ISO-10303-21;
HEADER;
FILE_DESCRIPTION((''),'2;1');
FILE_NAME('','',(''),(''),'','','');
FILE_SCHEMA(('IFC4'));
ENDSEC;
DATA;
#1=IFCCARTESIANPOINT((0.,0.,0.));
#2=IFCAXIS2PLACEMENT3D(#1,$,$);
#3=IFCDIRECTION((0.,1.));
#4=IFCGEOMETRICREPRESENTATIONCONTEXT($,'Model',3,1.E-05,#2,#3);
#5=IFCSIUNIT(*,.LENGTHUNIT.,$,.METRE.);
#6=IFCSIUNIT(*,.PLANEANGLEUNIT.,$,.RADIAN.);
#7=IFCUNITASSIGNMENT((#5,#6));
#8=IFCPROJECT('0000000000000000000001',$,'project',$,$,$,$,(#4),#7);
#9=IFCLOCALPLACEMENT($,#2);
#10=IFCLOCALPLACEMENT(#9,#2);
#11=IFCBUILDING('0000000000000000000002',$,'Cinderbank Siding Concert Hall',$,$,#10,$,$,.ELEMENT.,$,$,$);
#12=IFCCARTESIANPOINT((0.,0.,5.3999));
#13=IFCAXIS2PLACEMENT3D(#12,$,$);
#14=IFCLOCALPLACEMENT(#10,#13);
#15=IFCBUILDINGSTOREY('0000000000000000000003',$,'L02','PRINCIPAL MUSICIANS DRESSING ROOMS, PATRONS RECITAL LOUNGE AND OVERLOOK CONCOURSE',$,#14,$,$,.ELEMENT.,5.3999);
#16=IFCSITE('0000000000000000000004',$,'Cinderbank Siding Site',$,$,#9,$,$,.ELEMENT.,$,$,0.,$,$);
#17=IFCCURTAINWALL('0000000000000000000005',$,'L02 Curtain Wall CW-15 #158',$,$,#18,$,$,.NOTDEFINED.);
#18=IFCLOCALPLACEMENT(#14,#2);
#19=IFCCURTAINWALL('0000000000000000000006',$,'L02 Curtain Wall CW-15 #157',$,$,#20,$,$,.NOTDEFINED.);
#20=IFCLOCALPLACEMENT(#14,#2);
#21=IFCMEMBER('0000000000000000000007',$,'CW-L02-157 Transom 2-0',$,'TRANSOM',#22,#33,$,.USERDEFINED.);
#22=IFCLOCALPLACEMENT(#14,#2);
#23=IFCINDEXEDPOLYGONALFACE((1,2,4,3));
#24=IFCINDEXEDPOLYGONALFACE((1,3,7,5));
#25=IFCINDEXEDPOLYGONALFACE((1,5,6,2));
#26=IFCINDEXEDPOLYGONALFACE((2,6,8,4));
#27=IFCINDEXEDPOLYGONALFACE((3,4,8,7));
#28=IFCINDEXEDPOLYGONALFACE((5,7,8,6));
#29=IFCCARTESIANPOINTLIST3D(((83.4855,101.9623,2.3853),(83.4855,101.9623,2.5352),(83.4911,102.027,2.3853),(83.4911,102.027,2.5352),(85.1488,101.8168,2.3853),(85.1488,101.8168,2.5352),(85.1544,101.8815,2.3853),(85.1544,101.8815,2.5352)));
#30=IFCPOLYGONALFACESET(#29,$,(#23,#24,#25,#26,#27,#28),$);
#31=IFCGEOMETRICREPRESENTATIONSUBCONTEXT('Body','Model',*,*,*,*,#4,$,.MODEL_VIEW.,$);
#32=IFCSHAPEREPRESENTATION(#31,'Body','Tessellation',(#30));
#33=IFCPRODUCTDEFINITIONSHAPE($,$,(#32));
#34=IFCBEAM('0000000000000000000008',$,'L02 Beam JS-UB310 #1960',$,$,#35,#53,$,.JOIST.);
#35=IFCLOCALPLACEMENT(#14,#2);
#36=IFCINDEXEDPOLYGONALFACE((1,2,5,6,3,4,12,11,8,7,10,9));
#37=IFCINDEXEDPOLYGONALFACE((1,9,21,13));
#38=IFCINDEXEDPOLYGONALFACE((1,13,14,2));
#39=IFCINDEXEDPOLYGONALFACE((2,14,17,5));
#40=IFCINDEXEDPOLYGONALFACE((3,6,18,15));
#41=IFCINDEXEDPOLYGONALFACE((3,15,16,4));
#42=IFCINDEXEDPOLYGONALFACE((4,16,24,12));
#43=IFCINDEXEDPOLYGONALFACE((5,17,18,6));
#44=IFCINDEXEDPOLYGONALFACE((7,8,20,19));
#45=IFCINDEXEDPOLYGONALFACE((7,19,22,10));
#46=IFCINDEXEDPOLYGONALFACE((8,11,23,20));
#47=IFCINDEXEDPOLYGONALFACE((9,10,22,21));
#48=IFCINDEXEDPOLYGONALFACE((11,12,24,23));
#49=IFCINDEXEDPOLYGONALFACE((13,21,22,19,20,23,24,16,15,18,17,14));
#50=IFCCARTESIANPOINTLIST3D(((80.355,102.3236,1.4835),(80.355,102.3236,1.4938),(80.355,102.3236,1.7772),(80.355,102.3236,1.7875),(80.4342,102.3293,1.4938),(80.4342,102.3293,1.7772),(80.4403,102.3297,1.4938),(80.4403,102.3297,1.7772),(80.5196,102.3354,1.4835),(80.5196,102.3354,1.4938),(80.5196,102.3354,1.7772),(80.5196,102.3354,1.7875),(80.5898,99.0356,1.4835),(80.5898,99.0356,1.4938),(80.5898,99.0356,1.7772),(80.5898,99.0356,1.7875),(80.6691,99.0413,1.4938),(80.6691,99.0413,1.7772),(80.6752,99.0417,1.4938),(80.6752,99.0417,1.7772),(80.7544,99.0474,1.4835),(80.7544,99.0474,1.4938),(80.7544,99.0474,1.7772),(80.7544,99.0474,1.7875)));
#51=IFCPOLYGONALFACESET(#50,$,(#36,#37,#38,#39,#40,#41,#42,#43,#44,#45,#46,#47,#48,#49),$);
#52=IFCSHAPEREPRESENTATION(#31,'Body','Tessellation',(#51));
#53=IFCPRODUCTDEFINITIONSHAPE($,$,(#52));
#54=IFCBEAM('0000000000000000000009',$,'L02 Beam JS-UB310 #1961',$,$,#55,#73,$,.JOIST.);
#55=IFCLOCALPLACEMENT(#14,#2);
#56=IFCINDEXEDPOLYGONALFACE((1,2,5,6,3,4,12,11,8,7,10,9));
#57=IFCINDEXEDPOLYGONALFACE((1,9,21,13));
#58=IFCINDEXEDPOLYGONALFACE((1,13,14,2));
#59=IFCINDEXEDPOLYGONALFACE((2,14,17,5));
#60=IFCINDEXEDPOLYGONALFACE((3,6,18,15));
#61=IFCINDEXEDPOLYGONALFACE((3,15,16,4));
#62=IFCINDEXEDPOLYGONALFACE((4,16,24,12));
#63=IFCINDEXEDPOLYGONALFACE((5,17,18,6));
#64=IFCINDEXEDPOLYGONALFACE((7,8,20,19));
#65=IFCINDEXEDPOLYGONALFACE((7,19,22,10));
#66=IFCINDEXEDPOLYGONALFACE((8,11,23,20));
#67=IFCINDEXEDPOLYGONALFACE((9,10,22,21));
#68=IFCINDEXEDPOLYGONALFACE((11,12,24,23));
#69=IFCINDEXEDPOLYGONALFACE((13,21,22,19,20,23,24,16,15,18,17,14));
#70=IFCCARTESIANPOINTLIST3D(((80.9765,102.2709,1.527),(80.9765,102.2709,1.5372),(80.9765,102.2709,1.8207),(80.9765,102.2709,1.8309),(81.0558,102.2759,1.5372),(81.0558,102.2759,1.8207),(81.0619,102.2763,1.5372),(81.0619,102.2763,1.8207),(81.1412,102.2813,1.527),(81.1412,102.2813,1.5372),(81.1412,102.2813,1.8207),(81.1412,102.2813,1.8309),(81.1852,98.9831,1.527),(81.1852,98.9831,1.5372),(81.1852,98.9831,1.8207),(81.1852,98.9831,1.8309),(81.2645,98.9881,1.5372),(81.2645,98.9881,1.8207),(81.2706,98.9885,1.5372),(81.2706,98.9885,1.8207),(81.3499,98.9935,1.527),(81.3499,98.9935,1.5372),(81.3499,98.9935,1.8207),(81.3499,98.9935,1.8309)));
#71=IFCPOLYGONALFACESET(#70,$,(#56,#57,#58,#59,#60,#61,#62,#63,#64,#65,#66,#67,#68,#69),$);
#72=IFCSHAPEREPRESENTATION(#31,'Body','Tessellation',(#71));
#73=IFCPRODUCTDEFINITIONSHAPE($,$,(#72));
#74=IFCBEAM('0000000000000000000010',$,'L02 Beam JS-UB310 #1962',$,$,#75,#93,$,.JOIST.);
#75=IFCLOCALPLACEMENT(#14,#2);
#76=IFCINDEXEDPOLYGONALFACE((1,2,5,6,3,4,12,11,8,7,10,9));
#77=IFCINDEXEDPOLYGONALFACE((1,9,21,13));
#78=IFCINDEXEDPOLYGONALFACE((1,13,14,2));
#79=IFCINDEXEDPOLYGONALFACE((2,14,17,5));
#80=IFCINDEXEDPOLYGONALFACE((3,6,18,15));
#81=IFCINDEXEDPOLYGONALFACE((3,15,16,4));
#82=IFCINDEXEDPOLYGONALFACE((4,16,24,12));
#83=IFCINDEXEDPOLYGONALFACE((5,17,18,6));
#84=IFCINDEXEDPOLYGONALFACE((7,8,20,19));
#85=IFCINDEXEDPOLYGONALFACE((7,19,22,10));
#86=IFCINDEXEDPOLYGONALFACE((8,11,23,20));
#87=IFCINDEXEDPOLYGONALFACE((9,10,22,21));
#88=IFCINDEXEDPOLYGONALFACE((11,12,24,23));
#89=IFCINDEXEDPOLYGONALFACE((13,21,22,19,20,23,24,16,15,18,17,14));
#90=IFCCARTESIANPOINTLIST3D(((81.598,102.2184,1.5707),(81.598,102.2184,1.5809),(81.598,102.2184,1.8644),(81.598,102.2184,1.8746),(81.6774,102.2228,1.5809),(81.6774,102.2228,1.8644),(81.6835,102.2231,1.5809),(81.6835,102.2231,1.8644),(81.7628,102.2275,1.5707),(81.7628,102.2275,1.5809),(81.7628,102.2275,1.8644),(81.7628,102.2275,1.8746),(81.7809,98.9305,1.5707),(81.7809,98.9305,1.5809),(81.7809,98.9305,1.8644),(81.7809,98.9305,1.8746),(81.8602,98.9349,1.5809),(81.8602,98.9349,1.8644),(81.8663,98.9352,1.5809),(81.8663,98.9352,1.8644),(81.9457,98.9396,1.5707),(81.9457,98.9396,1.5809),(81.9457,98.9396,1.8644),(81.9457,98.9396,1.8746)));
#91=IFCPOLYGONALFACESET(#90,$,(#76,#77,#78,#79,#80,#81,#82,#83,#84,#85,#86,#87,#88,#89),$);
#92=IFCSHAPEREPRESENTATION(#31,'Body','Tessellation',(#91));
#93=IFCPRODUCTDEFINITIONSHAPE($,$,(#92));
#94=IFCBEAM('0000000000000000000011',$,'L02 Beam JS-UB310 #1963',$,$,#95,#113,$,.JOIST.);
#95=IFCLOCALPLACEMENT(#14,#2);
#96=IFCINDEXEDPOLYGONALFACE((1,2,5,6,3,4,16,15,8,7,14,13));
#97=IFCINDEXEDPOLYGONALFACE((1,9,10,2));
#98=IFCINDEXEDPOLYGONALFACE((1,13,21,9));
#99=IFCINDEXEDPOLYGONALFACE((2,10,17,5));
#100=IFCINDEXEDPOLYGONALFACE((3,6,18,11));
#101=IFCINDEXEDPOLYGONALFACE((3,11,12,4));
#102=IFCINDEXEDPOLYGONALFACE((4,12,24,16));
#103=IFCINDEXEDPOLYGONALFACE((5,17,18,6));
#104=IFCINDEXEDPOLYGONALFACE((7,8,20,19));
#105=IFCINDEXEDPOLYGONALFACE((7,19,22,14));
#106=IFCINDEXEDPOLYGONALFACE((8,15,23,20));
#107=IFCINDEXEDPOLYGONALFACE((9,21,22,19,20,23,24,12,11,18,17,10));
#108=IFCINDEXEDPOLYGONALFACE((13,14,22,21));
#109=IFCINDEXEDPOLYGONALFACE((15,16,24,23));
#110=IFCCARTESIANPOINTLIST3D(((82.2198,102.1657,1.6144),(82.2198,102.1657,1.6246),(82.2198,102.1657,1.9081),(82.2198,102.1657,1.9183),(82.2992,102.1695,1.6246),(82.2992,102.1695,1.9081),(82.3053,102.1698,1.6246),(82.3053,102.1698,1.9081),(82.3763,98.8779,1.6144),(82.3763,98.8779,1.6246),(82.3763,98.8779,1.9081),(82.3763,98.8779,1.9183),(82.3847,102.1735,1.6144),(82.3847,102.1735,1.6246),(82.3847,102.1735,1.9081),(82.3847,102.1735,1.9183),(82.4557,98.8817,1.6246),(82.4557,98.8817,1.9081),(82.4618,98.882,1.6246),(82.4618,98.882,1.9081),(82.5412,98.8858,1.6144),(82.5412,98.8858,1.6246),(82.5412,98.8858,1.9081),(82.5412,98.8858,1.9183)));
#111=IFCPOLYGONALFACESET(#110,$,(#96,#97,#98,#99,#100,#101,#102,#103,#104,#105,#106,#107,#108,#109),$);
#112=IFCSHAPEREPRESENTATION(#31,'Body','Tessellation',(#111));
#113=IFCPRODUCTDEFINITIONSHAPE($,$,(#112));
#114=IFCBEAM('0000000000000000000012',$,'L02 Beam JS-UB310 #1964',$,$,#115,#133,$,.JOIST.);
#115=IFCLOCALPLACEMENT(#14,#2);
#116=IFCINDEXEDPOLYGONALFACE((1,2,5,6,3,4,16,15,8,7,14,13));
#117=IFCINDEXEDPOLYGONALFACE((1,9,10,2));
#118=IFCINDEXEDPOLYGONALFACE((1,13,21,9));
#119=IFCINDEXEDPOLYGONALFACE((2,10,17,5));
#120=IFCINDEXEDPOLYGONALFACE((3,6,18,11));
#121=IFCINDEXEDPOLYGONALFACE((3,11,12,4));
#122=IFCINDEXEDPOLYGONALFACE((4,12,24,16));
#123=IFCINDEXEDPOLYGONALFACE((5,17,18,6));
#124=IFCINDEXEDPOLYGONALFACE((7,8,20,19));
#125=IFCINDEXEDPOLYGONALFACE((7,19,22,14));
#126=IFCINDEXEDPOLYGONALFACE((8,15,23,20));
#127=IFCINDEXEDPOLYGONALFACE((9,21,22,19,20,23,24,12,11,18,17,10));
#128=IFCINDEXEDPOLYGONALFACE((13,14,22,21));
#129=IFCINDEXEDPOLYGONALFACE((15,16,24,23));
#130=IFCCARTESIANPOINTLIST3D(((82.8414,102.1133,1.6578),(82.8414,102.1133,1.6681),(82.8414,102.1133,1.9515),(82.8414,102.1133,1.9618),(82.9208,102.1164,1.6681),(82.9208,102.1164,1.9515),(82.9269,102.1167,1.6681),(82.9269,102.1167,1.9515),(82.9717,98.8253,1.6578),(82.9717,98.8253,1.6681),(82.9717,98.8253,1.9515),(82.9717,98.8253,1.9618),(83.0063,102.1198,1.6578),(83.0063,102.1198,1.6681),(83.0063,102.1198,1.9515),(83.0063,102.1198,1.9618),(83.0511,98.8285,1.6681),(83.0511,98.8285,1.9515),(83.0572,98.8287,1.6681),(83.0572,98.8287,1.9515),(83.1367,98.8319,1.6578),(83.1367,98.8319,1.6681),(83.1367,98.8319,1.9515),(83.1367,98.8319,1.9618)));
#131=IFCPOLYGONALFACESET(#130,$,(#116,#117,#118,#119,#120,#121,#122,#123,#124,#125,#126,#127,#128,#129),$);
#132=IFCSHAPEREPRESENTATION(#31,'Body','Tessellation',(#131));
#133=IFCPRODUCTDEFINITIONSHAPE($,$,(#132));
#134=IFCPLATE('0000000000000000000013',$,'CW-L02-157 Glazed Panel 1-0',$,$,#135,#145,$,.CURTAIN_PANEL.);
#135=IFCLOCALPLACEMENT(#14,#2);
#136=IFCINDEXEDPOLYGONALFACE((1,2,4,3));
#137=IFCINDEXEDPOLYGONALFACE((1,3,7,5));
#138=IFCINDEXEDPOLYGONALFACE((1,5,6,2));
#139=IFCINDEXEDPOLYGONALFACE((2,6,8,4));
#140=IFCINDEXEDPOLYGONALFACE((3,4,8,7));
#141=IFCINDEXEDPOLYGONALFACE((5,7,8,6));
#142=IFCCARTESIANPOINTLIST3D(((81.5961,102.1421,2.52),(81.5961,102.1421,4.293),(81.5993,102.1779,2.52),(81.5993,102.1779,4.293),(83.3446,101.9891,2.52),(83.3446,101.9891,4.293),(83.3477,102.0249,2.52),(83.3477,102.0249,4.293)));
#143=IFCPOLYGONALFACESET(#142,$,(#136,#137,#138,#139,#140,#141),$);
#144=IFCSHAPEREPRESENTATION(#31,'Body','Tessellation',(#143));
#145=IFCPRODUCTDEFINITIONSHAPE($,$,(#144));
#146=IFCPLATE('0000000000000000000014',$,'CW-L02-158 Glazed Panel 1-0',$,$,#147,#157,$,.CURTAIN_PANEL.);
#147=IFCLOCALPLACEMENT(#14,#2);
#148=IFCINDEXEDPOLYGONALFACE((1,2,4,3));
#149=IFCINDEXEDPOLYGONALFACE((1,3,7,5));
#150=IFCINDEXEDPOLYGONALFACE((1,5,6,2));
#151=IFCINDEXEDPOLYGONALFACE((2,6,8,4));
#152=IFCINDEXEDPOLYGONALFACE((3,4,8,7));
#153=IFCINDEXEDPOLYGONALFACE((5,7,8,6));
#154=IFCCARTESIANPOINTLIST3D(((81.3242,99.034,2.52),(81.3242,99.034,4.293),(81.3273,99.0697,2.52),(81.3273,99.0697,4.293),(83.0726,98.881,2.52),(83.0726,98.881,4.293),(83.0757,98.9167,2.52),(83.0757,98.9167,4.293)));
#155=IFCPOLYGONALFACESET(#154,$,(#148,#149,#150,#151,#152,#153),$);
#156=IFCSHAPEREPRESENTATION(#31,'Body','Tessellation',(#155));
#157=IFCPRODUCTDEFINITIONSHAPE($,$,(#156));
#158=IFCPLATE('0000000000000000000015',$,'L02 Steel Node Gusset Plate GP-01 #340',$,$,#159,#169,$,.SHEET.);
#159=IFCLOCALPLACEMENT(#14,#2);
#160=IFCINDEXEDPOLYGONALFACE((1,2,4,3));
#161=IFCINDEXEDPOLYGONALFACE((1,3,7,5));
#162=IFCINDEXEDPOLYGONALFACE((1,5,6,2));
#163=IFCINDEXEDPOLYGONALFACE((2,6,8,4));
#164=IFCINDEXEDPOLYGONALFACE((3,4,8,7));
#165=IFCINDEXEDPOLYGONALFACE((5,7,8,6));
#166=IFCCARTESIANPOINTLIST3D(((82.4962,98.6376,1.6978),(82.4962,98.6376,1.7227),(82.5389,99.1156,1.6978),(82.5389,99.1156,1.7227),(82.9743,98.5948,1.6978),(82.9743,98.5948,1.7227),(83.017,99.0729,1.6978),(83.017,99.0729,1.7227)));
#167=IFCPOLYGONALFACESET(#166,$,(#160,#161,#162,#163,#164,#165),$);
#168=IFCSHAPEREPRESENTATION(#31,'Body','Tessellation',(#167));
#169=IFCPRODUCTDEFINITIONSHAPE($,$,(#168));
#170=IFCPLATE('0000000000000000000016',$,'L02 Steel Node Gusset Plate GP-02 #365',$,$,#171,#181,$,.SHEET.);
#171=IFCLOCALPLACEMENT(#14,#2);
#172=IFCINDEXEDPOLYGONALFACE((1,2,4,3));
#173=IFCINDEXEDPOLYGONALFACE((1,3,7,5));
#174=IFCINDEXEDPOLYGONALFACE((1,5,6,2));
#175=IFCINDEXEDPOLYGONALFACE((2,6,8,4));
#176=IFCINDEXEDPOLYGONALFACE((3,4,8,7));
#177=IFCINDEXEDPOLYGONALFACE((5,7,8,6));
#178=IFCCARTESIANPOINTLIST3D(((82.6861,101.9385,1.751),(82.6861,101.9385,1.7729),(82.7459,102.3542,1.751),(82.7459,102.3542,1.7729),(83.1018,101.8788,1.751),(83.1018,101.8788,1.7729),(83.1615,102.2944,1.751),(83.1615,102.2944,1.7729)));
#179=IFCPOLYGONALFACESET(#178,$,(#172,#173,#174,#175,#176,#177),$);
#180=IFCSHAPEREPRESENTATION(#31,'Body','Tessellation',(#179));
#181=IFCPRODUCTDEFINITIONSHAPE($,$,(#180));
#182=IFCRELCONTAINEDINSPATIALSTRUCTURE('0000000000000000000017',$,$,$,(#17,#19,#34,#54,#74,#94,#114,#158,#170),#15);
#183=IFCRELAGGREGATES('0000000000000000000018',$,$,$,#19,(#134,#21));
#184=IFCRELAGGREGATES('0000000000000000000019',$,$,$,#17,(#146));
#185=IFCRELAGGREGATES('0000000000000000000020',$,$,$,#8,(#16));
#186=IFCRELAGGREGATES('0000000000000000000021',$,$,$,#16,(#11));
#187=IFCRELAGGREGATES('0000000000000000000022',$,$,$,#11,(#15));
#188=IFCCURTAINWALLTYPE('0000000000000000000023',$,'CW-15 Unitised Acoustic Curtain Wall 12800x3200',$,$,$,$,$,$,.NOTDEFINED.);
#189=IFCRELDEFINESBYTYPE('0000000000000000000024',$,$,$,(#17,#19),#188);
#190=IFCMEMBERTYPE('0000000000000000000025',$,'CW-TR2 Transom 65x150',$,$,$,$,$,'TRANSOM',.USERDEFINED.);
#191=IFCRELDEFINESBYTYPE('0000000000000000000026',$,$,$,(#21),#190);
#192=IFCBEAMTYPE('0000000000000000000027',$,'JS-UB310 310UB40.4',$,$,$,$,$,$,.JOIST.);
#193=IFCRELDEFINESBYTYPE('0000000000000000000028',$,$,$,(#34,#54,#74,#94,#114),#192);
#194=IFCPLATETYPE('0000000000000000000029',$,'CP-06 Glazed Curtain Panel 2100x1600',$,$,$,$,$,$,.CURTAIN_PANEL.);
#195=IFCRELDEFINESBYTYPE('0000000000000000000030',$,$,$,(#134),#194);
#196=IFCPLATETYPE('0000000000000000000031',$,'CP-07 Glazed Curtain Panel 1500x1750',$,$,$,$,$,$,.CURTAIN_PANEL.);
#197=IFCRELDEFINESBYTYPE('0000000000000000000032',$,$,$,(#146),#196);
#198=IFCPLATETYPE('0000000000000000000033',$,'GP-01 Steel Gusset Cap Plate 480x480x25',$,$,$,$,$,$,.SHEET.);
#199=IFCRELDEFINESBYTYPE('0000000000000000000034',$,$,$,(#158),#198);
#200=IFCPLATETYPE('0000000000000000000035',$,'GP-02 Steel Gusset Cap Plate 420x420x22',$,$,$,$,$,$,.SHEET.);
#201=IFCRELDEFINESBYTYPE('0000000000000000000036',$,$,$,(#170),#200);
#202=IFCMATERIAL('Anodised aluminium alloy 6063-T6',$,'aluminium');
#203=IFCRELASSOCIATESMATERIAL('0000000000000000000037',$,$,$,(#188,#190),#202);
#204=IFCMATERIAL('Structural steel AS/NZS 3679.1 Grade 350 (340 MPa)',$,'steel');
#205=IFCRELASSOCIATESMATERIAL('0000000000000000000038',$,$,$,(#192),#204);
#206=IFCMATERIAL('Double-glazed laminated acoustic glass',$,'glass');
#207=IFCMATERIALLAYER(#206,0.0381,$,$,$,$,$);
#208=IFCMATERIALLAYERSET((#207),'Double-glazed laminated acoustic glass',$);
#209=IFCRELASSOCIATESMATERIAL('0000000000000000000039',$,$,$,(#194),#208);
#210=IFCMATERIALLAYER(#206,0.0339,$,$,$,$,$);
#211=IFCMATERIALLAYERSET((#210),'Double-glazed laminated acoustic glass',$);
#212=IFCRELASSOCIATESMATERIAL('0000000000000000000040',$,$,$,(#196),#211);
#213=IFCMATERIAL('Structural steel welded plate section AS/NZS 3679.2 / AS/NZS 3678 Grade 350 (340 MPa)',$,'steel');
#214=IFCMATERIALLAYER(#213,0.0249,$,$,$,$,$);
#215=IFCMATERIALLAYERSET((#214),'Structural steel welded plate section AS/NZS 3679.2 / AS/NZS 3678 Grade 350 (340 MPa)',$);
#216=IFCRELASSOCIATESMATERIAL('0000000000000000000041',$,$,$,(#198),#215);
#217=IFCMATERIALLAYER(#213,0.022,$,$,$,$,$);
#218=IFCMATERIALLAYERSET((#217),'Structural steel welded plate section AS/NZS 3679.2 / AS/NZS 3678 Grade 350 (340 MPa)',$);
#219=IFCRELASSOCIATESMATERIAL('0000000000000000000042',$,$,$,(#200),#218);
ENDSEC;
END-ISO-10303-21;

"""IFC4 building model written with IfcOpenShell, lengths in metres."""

from ifc_helpers import new_model, si_unit, direction, frame, origin, origin_2d, place, context, subcontext, project, spatial, rectangle, i_section, extrude, material, layer, layer_set, material_profile, profile_set, type_object, element, aggregate, save


model = new_model("IFC4")

# Units and contexts
model_context = context("Model", 3, precision=1e-05, world=origin(), true_north=direction((0.0, 1.0)))
body_context = subcontext(model_context, "Body", "Model", "MODEL_VIEW")
ifc_project = project(units=[si_unit("LENGTHUNIT", "METRE"), si_unit("PLANEANGLEUNIT", "RADIAN")], contexts=[model_context])

# Site, building, storey
site_placement = place(None, origin())
site = spatial("IfcSite", under=ifc_project, at=site_placement, Name="Cinderbank Siding Site", CompositionType="ELEMENT", RefElevation=0.0)
building_placement = place(site_placement, origin())
building = spatial("IfcBuilding", under=site, at=building_placement, Name="Cinderbank Siding Concert Hall", CompositionType="ELEMENT")
storey_placement = place(building_placement, frame((0.0, 0.0, 5.3999)))
storey = spatial("IfcBuildingStorey", under=building, at=storey_placement, Name="L02", Description="PRINCIPAL MUSICIANS DRESSING ROOMS, PATRONS RECITAL LOUNGE AND OVERLOOK CONCOURSE", CompositionType="ELEMENT", Elevation=5.3999)

# Curtain walls
ifc_material_1 = material(Name="Anodised aluminium alloy 6063-T6", Category="aluminium")
curtain_wall_type = type_object("IfcCurtainWallType", Name="CW-15 Unitised Acoustic Curtain Wall 12800x3200", PredefinedType="NOTDEFINED", material=ifc_material_1)
curtain_wall_1_placement = place(storey_placement, origin())
curtain_wall_1 = element("IfcCurtainWall", 1, at=curtain_wall_1_placement, inside=storey, type_object=curtain_wall_type, Name="L02 Curtain Wall CW-15 #158", PredefinedType="NOTDEFINED")
curtain_wall_2_placement = place(storey_placement, origin())
curtain_wall_2 = element("IfcCurtainWall", 2, at=curtain_wall_2_placement, inside=storey, type_object=curtain_wall_type, Name="L02 Curtain Wall CW-15 #157", PredefinedType="NOTDEFINED")

# Member
ifc_material_profile_1 = material_profile(ifc_material_1, rectangle(XDim=0.0649, YDim=0.1499, at=origin_2d()), Name="ALU-TRAN-65x150", Category="LoadBearing")
ifc_profile_set_1 = profile_set([ifc_material_profile_1], Name="Anodised aluminium alloy 6063-T6")
member_type_1 = type_object("IfcMemberType", Name="CW-TR2 Transom 65x150", ElementType="TRANSOM", PredefinedType="USERDEFINED", material=ifc_profile_set_1)
member_1_placement = place(storey_placement, frame((83.4883, 101.9946, 2.4602), z_axis=(0.996195, -0.087147, 0.0), x_axis=(0.087147, 0.996195, 0.0)))
member_1 = element("IfcMember", 3, at=member_1_placement, type_object=member_type_1, Name="CW-L02-157 Transom 2-0", ObjectType="TRANSOM", PredefinedType="USERDEFINED", context=body_context, shape_type="SweptSolid", body=[
    extrude(rectangle(XDim=0.0649, YDim=0.1499, at=origin_2d()), origin(), (0.0, 0.0, 1.0), 1.6697),
])

# Beams
ifc_material_2 = material(Name="Structural steel AS/NZS 3679.1 Grade 350 (340 MPa)", Category="steel")
ifc_material_profile_2 = material_profile(ifc_material_2, i_section(OverallWidth=0.165, OverallDepth=0.304, WebThickness=0.0061, FlangeThickness=0.0103, at=origin_2d()), Name="310UB40.4", Category="LoadBearing")
ifc_profile_set_2 = profile_set([ifc_material_profile_2], Name="Structural steel AS/NZS 3679.1 Grade 350 (340 MPa)")
beam_type = type_object("IfcBeamType", Name="JS-UB310 310UB40.4", PredefinedType="JOIST", material=ifc_profile_set_2)
beam_1_placement = place(storey_placement, frame((80.6721, 99.0415, 1.6355), z_axis=(-0.071247, 0.997459, 0.0), x_axis=(-0.997459, -0.071247, 0.0)))
element("IfcBeam", 4, at=beam_1_placement, inside=storey, type_object=beam_type, Name="L02 Beam JS-UB310 #1960", PredefinedType="JOIST", context=body_context, shape_type="SweptSolid", body=[
    extrude(i_section(OverallWidth=0.165, OverallDepth=0.304, WebThickness=0.0061, FlangeThickness=0.0103, at=origin_2d()), origin(), (0.0, 0.0, 1.0), 3.2964),
])
beam_2_placement = place(storey_placement, frame((81.2676, 98.9883, 1.679), z_axis=(-0.063361, 0.997991, 0.0), x_axis=(-0.997991, -0.063361, 0.0)))
element("IfcBeam", 5, at=beam_2_placement, inside=storey, type_object=beam_type, Name="L02 Beam JS-UB310 #1961", PredefinedType="JOIST", context=body_context, shape_type="SweptSolid", body=[
    extrude(i_section(OverallWidth=0.165, OverallDepth=0.304, WebThickness=0.0061, FlangeThickness=0.0103, at=origin_2d()), origin(), (0.0, 0.0, 1.0), 3.2944),
])
beam_3_placement = place(storey_placement, frame((81.8633, 98.9351, 1.7227), z_axis=(-0.055532, 0.998457, 0.0), x_axis=(-0.998457, -0.055532, 0.0)))
element("IfcBeam", 6, at=beam_3_placement, inside=storey, type_object=beam_type, Name="L02 Beam JS-UB310 #1962", PredefinedType="JOIST", context=body_context, shape_type="SweptSolid", body=[
    extrude(i_section(OverallWidth=0.165, OverallDepth=0.304, WebThickness=0.0061, FlangeThickness=0.0103, at=origin_2d()), origin(), (0.0, 0.0, 1.0), 3.293),
])
beam_4_placement = place(storey_placement, frame((82.4587, 98.8818, 1.7664), z_axis=(-0.047544, 0.998869, 0.0), x_axis=(-0.998869, -0.047544, 0.0)))
element("IfcBeam", 7, at=beam_4_placement, inside=storey, type_object=beam_type, Name="L02 Beam JS-UB310 #1963", PredefinedType="JOIST", context=body_context, shape_type="SweptSolid", body=[
    extrude(i_section(OverallWidth=0.165, OverallDepth=0.304, WebThickness=0.0061, FlangeThickness=0.0103, at=origin_2d()), origin(), (0.0, 0.0, 1.0), 3.2915),
])
beam_5_placement = place(storey_placement, frame((83.0542, 98.8286, 1.8098), z_axis=(-0.039621, 0.999215, 0.0), x_axis=(-0.999215, -0.039621, 0.0)))
element("IfcBeam", 8, at=beam_5_placement, inside=storey, type_object=beam_type, Name="L02 Beam JS-UB310 #1964", PredefinedType="JOIST", context=body_context, shape_type="SweptSolid", body=[
    extrude(i_section(OverallWidth=0.165, OverallDepth=0.304, WebThickness=0.0061, FlangeThickness=0.0103, at=origin_2d()), origin(), (0.0, 0.0, 1.0), 3.2905),
])

# Plates
ifc_material_3 = material(Name="Double-glazed laminated acoustic glass", Category="glass")
ifc_layer_1 = layer(ifc_material_3, 0.0381)
ifc_layer_set_1 = layer_set([ifc_layer_1], Name="Double-glazed laminated acoustic glass")
plate_type_1 = type_object("IfcPlateType", Name="CP-06 Glazed Curtain Panel 2100x1600", PredefinedType="CURTAIN_PANEL", material=ifc_layer_set_1)
plate_1_placement = place(storey_placement, frame((82.4719, 102.0835, 2.52), z_axis=(0.0, 0.0, 1.0), x_axis=(0.996195, -0.087157, 0.0)))
plate_1 = element("IfcPlate", 9, at=plate_1_placement, type_object=plate_type_1, Name="CW-L02-157 Glazed Panel 1-0", PredefinedType="CURTAIN_PANEL", context=body_context, shape_type="SweptSolid", body=[
    extrude(rectangle(XDim=1.7551, YDim=0.0359, at=origin_2d()), origin(), (0.0, 0.0, 1.0), 1.7729),
])
aggregate(curtain_wall_2, [plate_1, member_1])
ifc_layer_2 = layer(ifc_material_3, 0.0339)
ifc_layer_set_2 = layer_set([ifc_layer_2], Name="Double-glazed laminated acoustic glass")
plate_type_2 = type_object("IfcPlateType", Name="CP-07 Glazed Curtain Panel 1500x1750", PredefinedType="CURTAIN_PANEL", material=ifc_layer_set_2)
plate_2_placement = place(storey_placement, frame((82.2, 98.9753, 2.52), z_axis=(0.0, 0.0, 1.0), x_axis=(0.996195, -0.087157, 0.0)))
plate_2 = element("IfcPlate", 10, at=plate_2_placement, type_object=plate_type_2, Name="CW-L02-158 Glazed Panel 1-0", PredefinedType="CURTAIN_PANEL", context=body_context, shape_type="SweptSolid", body=[
    extrude(rectangle(XDim=1.7551, YDim=0.0359, at=origin_2d()), origin(), (0.0, 0.0, 1.0), 1.7729),
])
aggregate(curtain_wall_1, [plate_2])

# Plates
ifc_material_4 = material(Name="Structural steel welded plate section AS/NZS 3679.2 / AS/NZS 3678 Grade 350 (340 MPa)", Category="steel")
ifc_layer_3 = layer(ifc_material_4, 0.0249)
ifc_layer_set_3 = layer_set([ifc_layer_3], Name="Structural steel welded plate section AS/NZS 3679.2 / AS/NZS 3678 Grade 350 (340 MPa)")
plate_type_3 = type_object("IfcPlateType", Name="GP-01 Steel Gusset Cap Plate 480x480x25", PredefinedType="SHEET", material=ifc_layer_set_3)
plate_3_placement = place(storey_placement, frame((82.7566, 98.8552, 1.6978), z_axis=(0.0, 0.0, 1.0), x_axis=(0.996026, -0.089068, 0.0)))
element("IfcPlate", 11, at=plate_3_placement, inside=storey, type_object=plate_type_3, Name="L02 Steel Node Gusset Plate GP-01 #340", PredefinedType="SHEET", context=body_context, shape_type="SweptSolid", body=[
    extrude(rectangle(XDim=0.48, YDim=0.48, at=origin_2d()), origin(), (0.0, 0.0, 1.0), 0.0249),
])
ifc_layer_4 = layer(ifc_material_4, 0.022)
ifc_layer_set_4 = layer_set([ifc_layer_4], Name="Structural steel welded plate section AS/NZS 3679.2 / AS/NZS 3678 Grade 350 (340 MPa)")
plate_type_4 = type_object("IfcPlateType", Name="GP-02 Steel Gusset Cap Plate 420x420x22", PredefinedType="SHEET", material=ifc_layer_set_4)
plate_4_placement = place(storey_placement, frame((82.9238, 102.1165, 1.751), z_axis=(0.0, 0.0, 1.0), x_axis=(0.142283, 0.989826, 0.0)))
element("IfcPlate", 12, at=plate_4_placement, inside=storey, type_object=plate_type_4, Name="L02 Steel Node Gusset Plate GP-02 #365", PredefinedType="SHEET", context=body_context, shape_type="SweptSolid", body=[
    extrude(rectangle(XDim=0.4199, YDim=0.4199, at=origin_2d()), origin(), (0.0, 0.0, 1.0), 0.022),
])

save(model, "model.ifc")
